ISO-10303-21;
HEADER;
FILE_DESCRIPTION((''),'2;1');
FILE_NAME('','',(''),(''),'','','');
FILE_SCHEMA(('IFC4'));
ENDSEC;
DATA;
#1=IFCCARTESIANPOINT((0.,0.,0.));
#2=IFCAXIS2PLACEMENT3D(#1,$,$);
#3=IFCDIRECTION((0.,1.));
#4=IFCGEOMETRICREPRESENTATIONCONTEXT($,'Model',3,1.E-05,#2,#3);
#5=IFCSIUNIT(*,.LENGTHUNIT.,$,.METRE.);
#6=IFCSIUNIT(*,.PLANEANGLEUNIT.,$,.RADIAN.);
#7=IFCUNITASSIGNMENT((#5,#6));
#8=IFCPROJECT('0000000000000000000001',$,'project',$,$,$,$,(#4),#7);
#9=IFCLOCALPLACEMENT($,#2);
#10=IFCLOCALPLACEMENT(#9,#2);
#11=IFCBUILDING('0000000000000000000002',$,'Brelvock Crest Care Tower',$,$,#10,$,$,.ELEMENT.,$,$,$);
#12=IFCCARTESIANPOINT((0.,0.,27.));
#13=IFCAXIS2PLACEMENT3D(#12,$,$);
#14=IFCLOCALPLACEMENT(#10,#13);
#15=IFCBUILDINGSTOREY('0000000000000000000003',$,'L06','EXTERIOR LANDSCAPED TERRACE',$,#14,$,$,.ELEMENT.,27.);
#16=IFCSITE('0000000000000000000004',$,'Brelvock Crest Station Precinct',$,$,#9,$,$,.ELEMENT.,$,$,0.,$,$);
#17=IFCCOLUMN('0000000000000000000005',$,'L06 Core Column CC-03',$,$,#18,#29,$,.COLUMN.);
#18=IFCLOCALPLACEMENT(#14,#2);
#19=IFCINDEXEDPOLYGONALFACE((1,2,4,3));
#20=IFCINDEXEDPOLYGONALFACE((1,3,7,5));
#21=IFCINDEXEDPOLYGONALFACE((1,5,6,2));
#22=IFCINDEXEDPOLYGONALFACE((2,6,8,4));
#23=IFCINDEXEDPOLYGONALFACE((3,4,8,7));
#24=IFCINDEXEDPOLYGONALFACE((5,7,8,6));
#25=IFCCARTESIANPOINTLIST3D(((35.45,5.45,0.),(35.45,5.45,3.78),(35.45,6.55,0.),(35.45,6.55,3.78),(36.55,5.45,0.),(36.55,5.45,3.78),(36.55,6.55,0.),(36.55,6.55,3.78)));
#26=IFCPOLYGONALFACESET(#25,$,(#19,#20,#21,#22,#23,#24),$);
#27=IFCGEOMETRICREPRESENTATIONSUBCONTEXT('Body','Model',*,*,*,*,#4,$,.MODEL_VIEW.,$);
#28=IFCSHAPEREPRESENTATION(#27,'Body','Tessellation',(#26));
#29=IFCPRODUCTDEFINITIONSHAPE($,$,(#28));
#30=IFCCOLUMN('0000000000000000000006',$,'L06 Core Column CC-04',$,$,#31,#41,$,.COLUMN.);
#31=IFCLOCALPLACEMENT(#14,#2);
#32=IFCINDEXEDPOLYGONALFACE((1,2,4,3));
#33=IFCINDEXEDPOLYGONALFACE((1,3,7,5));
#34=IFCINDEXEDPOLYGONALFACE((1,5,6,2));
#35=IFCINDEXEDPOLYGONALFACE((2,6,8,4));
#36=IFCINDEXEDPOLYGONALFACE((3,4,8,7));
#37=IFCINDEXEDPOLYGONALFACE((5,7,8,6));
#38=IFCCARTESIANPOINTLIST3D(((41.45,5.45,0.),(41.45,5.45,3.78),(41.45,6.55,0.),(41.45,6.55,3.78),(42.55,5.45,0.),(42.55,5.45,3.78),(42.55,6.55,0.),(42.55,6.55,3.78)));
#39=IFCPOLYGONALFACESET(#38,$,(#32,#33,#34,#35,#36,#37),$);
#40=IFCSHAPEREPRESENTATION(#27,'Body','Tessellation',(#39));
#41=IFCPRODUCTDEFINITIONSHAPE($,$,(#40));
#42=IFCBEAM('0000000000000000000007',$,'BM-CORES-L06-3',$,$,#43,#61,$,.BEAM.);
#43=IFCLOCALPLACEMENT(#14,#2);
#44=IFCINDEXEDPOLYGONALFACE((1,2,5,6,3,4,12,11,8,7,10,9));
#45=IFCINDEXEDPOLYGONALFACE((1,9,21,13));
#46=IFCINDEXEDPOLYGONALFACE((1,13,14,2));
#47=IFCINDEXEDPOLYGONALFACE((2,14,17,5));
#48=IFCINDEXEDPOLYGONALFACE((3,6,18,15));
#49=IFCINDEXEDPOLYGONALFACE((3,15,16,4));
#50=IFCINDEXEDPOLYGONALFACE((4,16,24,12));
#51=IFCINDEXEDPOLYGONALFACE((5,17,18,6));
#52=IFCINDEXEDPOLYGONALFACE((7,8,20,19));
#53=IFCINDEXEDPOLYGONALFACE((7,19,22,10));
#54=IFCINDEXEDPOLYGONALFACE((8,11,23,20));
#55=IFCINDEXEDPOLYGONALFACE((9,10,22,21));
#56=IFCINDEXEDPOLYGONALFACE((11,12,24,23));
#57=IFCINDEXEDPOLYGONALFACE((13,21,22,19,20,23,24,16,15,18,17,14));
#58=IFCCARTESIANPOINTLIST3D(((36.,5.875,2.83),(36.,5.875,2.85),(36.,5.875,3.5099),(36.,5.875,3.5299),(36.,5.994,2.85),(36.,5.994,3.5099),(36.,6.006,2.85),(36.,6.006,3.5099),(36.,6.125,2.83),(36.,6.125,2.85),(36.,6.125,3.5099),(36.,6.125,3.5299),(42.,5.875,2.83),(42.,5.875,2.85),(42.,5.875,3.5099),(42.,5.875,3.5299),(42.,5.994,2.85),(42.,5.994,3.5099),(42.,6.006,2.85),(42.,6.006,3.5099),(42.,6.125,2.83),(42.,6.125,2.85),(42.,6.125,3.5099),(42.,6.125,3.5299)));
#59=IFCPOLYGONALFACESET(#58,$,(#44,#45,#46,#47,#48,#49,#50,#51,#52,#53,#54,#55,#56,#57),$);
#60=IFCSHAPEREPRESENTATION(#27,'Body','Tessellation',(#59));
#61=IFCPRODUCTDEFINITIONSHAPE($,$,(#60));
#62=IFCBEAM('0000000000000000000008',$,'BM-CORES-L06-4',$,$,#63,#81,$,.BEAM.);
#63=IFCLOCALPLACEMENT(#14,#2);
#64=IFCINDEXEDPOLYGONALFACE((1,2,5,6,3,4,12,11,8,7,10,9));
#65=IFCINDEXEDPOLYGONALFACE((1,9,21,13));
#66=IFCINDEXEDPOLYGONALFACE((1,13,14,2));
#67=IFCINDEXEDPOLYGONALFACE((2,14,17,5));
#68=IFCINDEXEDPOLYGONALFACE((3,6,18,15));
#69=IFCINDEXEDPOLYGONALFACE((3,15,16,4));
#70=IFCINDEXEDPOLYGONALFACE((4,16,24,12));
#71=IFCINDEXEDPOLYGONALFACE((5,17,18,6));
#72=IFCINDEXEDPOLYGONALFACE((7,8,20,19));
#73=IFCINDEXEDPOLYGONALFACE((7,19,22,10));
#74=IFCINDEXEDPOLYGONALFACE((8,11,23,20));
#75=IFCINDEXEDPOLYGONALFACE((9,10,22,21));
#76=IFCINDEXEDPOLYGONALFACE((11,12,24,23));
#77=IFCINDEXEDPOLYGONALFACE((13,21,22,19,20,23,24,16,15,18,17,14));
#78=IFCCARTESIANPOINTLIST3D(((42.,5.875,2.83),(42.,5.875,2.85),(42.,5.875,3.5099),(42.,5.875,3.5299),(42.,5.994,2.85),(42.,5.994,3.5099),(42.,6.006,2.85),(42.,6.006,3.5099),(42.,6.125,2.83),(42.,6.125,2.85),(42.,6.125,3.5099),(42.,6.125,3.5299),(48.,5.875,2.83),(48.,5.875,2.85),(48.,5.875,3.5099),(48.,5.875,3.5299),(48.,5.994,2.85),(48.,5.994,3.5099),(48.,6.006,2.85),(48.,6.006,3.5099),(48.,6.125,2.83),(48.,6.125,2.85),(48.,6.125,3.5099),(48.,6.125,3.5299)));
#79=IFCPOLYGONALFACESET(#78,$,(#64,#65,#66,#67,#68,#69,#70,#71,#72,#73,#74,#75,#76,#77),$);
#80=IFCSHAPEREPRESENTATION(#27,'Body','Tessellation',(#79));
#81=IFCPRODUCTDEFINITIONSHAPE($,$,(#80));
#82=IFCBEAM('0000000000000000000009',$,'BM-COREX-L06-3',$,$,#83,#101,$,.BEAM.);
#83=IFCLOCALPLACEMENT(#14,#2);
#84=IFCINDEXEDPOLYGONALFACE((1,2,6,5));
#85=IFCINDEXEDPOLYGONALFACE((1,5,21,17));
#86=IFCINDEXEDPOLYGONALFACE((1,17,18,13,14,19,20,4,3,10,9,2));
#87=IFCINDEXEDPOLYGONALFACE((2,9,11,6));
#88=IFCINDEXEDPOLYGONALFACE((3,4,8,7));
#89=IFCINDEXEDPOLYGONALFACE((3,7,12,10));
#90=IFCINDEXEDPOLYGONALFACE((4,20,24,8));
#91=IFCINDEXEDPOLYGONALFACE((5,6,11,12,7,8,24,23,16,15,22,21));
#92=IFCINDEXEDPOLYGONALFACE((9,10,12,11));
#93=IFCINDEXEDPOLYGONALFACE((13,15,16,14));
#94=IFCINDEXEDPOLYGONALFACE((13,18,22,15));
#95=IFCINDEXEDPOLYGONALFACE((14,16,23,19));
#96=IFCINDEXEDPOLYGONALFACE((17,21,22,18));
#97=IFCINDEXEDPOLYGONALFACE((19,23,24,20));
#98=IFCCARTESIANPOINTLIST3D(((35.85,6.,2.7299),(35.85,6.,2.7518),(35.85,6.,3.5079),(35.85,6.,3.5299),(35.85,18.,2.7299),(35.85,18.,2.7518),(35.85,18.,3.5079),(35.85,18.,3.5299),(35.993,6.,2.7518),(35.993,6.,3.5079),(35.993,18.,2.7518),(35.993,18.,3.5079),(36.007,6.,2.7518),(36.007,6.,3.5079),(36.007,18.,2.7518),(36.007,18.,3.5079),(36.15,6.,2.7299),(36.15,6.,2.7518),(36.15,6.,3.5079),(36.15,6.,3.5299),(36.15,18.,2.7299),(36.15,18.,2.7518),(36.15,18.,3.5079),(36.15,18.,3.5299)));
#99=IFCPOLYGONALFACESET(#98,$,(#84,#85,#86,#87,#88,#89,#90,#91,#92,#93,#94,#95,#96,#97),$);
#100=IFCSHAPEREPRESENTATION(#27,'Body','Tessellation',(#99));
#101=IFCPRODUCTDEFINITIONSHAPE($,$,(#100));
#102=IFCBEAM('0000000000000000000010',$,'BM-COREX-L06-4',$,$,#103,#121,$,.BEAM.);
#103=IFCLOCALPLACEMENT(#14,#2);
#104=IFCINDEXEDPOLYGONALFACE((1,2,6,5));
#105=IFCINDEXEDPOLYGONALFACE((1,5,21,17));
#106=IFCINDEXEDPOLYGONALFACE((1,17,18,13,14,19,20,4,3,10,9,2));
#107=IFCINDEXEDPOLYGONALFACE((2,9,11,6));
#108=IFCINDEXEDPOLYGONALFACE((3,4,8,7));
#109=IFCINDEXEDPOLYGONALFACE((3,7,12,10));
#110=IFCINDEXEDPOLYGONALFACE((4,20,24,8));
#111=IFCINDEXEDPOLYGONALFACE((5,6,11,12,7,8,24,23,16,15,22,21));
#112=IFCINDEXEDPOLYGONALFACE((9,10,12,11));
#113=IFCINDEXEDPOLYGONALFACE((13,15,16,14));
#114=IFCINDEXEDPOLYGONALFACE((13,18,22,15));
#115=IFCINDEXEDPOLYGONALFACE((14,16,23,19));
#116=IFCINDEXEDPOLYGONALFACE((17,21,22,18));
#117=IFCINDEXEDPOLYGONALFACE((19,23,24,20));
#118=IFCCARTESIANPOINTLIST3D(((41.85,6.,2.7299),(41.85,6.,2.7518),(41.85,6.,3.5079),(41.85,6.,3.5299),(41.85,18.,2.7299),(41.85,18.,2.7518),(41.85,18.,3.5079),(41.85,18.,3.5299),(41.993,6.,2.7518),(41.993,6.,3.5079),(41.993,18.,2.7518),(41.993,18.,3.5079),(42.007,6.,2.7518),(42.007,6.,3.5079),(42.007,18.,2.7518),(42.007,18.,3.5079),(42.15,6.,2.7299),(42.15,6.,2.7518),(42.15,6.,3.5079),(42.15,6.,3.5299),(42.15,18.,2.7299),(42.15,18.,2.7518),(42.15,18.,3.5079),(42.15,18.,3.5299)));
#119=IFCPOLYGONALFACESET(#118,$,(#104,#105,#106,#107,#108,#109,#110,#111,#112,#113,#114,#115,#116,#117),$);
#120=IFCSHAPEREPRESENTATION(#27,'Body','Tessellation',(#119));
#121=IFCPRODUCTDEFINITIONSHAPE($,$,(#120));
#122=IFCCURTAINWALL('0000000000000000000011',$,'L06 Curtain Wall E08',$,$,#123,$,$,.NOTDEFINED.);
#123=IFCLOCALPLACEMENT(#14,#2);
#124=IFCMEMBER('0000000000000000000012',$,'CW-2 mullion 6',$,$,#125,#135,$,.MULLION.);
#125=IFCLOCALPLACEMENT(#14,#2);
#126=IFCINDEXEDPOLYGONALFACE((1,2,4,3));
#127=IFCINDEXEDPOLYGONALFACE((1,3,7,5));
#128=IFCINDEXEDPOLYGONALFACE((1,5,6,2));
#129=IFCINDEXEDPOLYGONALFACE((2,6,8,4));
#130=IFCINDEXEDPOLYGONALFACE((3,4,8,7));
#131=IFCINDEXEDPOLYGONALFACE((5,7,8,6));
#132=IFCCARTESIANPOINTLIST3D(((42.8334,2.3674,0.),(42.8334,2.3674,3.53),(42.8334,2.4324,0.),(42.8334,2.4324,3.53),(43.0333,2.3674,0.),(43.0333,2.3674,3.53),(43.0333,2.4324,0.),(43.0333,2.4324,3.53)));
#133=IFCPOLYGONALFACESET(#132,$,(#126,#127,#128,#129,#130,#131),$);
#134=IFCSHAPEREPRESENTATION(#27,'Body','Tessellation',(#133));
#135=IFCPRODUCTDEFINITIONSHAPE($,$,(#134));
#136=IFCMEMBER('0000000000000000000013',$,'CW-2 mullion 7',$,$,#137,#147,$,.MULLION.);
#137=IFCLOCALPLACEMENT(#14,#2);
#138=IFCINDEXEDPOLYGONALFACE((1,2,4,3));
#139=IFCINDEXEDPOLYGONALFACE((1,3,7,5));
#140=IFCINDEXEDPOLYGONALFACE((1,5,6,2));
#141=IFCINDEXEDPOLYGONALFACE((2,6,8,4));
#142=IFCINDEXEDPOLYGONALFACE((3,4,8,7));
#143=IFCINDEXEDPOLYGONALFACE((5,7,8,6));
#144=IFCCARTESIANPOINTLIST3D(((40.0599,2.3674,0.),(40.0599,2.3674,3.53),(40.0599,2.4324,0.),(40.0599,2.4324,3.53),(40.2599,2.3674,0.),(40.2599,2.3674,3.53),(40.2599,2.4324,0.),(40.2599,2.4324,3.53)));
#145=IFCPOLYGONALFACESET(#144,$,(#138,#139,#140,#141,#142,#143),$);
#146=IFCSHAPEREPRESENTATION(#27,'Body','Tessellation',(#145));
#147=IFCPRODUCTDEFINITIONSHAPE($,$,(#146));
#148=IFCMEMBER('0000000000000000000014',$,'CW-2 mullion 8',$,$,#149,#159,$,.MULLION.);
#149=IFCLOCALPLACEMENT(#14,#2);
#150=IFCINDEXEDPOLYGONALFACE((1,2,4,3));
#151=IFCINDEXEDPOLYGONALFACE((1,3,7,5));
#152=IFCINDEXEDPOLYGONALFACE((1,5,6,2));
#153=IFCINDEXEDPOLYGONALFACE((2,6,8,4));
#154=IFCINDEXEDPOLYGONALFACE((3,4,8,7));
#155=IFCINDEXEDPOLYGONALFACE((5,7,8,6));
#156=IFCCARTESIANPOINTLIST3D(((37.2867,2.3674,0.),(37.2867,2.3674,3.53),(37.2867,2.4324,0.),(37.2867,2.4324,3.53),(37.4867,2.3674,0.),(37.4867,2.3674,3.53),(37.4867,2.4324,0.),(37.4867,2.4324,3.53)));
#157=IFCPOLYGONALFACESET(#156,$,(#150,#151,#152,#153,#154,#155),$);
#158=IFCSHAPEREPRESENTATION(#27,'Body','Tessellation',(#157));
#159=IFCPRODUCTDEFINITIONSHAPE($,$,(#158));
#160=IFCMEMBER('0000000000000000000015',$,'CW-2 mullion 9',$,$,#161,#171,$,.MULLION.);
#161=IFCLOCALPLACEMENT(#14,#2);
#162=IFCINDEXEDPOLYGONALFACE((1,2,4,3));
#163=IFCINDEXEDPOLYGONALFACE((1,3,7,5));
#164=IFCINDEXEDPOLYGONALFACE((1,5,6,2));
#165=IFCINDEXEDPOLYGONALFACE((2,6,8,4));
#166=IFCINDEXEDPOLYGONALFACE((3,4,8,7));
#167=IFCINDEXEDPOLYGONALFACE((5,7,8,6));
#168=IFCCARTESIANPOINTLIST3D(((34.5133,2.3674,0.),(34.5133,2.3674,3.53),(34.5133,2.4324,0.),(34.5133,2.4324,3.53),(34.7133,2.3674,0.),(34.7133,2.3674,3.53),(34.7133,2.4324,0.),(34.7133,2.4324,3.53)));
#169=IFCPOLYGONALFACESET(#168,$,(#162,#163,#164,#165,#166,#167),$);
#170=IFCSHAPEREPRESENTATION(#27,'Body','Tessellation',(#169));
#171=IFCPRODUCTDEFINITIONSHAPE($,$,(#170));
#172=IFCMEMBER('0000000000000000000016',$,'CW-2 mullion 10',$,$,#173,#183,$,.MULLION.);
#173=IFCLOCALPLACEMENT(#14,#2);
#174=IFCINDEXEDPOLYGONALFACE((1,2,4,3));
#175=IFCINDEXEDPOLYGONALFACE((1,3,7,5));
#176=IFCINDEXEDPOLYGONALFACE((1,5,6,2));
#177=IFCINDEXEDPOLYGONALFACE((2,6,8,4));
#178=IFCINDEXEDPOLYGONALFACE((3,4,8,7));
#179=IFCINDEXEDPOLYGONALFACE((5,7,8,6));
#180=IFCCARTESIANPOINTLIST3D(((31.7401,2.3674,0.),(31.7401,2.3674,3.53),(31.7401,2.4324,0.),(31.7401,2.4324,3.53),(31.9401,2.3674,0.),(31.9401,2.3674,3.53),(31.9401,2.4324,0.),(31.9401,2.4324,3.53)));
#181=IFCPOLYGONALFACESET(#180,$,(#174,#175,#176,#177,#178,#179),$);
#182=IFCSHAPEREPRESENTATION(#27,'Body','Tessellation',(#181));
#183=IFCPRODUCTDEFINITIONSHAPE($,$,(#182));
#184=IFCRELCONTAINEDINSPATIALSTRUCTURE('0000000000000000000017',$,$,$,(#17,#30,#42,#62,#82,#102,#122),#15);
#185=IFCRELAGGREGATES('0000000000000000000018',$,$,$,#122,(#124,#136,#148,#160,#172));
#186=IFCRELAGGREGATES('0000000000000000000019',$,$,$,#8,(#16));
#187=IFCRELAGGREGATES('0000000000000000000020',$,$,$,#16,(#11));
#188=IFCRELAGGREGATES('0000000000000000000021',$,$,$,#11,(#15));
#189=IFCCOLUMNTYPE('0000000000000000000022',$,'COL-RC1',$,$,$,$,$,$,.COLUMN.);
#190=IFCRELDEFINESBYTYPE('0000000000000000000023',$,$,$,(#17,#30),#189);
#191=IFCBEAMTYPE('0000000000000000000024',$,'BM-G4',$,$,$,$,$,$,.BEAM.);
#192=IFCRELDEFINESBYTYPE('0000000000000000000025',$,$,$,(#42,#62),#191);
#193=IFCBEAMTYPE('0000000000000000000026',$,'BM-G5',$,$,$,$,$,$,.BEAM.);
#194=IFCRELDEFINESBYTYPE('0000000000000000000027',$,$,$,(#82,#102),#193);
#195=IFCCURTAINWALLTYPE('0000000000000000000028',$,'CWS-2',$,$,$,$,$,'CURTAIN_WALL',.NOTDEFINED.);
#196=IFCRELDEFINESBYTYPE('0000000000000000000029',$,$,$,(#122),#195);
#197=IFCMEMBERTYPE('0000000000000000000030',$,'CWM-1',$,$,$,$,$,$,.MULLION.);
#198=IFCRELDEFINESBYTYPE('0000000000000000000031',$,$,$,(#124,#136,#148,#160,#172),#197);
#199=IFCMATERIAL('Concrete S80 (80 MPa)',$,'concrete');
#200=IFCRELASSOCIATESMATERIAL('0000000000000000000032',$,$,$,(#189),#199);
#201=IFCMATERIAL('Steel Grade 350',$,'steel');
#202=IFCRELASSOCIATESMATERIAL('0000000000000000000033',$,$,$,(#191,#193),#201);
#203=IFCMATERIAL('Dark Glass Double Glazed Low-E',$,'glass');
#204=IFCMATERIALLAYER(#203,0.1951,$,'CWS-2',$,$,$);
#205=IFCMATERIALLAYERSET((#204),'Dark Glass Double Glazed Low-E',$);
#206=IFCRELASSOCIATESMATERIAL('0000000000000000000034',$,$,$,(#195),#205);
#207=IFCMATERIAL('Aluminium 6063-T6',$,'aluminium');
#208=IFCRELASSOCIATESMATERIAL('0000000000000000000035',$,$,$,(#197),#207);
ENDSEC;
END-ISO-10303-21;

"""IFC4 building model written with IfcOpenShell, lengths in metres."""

from ifc_helpers import new_model, si_unit, direction, frame, origin, origin_2d, place, context, subcontext, project, spatial, rectangle, i_section, extrude, source, transform, mapped, material, layer, layer_set, material_profile, profile_set, type_object, element, aggregate, save


model = new_model("IFC4")

# Units and contexts
model_context = context("Model", 3, precision=1e-05, world=origin(), true_north=direction((0.0, 1.0)))
body_context = subcontext(model_context, "Body", "Model", "MODEL_VIEW")
ifc_project = project(units=[si_unit("LENGTHUNIT", "METRE"), si_unit("PLANEANGLEUNIT", "RADIAN")], contexts=[model_context])

# Site, building, storey
site_placement = place(None, origin())
site = spatial("IfcSite", under=ifc_project, at=site_placement, Name="Brelvock Crest Station Precinct", CompositionType="ELEMENT", RefElevation=0.0)
building_placement = place(site_placement, origin())
building = spatial("IfcBuilding", under=site, at=building_placement, Name="Brelvock Crest Care Tower", CompositionType="ELEMENT")
storey_placement = place(building_placement, frame((0.0, 0.0, 27.0)))
storey = spatial("IfcBuildingStorey", under=building, at=storey_placement, Name="L06", Description="EXTERIOR LANDSCAPED TERRACE", CompositionType="ELEMENT", Elevation=27.0)

# Columns
ifc_material_1 = material(Name="Concrete S80 (80 MPa)", Category="concrete")
ifc_material_profile_1 = material_profile(ifc_material_1, rectangle(XDim=1.1001, YDim=1.1001, at=origin_2d()), Name="RC1100x1100")
ifc_profile_set_1 = profile_set([ifc_material_profile_1], Name="Concrete S80 (80 MPa)")
column_type = type_object("IfcColumnType", Name="COL-RC1", PredefinedType="COLUMN", material=ifc_profile_set_1)
shared_shape_1 = source(origin(), body_context, "Body", "SweptSolid", [
    extrude(rectangle(XDim=1.1001, YDim=1.1001, at=origin_2d()), origin(), (0.0, 0.0, 1.0), 3.78),
])
for number, where, z_axis, x_axis, name in (
    (1, (36.0, 6.0, 0.0), (0.0, 0.0, 1.0), (1.0, 0.0, 0.0), "L06 Core Column CC-03"),
    (2, (42.0, 6.0, 0.0), (0.0, 0.0, 1.0), (1.0, 0.0, 0.0), "L06 Core Column CC-04"),
):
    element("IfcColumn", number, at=place(storey_placement, frame(where, z_axis=z_axis, x_axis=x_axis)), inside=storey, type_object=column_type, Name=name, PredefinedType="COLUMN", context=body_context, shape_type="MappedRepresentation", body=[
        mapped(shared_shape_1, transform((0.0, 0.0, 0.0), x_axis=(1.0, 0.0, 0.0), y_axis=(0.0, 1.0, 0.0), z_axis=(0.0, 0.0, 1.0), scale=1.0)),
    ])

# Beams
ifc_material_2 = material(Name="Steel Grade 350", Category="steel")
ifc_material_profile_2 = material_profile(ifc_material_2, i_section(OverallWidth=0.25, OverallDepth=0.7, WebThickness=0.012, FlangeThickness=0.02, at=origin_2d()), Name="700WB150")
ifc_profile_set_2 = profile_set([ifc_material_profile_2], Name="Steel Grade 350")
beam_type_1 = type_object("IfcBeamType", Name="BM-G4", PredefinedType="BEAM", material=ifc_profile_set_2)
shared_shape_2 = source(origin(), body_context, "Body", "SweptSolid", [
    extrude(i_section(OverallWidth=0.25, OverallDepth=0.7, WebThickness=0.012, FlangeThickness=0.02, at=origin_2d()), origin(), (0.0, 0.0, 1.0), 6.0),
])
for number, where, z_axis, x_axis, name in (
    (3, (36.0, 6.0, 3.1799), (1.0, 0.0, 0.0), (0.0, 1.0, 0.0), "BM-CORES-L06-3"),
    (4, (42.0, 6.0, 3.1799), (1.0, 0.0, 0.0), (0.0, 1.0, 0.0), "BM-CORES-L06-4"),
):
    element("IfcBeam", number, at=place(storey_placement, frame(where, z_axis=z_axis, x_axis=x_axis)), inside=storey, type_object=beam_type_1, Name=name, PredefinedType="BEAM", context=body_context, shape_type="MappedRepresentation", body=[
        mapped(shared_shape_2, transform((0.0, 0.0, 0.0), x_axis=(1.0, 0.0, 0.0), y_axis=(0.0, 1.0, 0.0), z_axis=(0.0, 0.0, 1.0), scale=1.0)),
    ])
ifc_material_profile_3 = material_profile(ifc_material_2, i_section(OverallWidth=0.3, OverallDepth=0.8, WebThickness=0.0139, FlangeThickness=0.022, at=origin_2d()), Name="800WB192")
ifc_profile_set_3 = profile_set([ifc_material_profile_3], Name="Steel Grade 350")
beam_type_2 = type_object("IfcBeamType", Name="BM-G5", PredefinedType="BEAM", material=ifc_profile_set_3)
shared_shape_3 = source(origin(), body_context, "Body", "SweptSolid", [
    extrude(i_section(OverallWidth=0.3, OverallDepth=0.8, WebThickness=0.0139, FlangeThickness=0.022, at=origin_2d()), origin(), (0.0, 0.0, 1.0), 12.0),
])
for number, where, z_axis, x_axis, name in (
    (5, (36.0, 6.0, 3.1299), (0.0, 1.0, 0.0), (-1.0, 0.0, 0.0), "BM-COREX-L06-3"),
    (6, (42.0, 6.0, 3.1299), (0.0, 1.0, 0.0), (-1.0, 0.0, 0.0), "BM-COREX-L06-4"),
):
    element("IfcBeam", number, at=place(storey_placement, frame(where, z_axis=z_axis, x_axis=x_axis)), inside=storey, type_object=beam_type_2, Name=name, PredefinedType="BEAM", context=body_context, shape_type="MappedRepresentation", body=[
        mapped(shared_shape_3, transform((0.0, 0.0, 0.0), x_axis=(1.0, 0.0, 0.0), y_axis=(0.0, 1.0, 0.0), z_axis=(0.0, 0.0, 1.0), scale=1.0)),
    ])

# Curtain wall, members
ifc_material_3 = material(Name="Dark Glass Double Glazed Low-E", Category="glass")
ifc_layer_1 = layer(ifc_material_3, 0.1951, Name="CWS-2")
ifc_layer_set_1 = layer_set([ifc_layer_1], Name="Dark Glass Double Glazed Low-E")
curtain_wall_type = type_object("IfcCurtainWallType", Name="CWS-2", ElementType="CURTAIN_WALL", PredefinedType="NOTDEFINED", material=ifc_layer_set_1)
curtain_wall_placement = place(storey_placement, origin())
curtain_wall = element("IfcCurtainWall", 7, at=curtain_wall_placement, inside=storey, type_object=curtain_wall_type, Name="L06 Curtain Wall E08", PredefinedType="NOTDEFINED")
ifc_material_4 = material(Name="Aluminium 6063-T6", Category="aluminium")
ifc_material_profile_4 = material_profile(ifc_material_4, rectangle(XDim=0.0649, YDim=0.2, at=origin_2d()), Name="ALU65x200")
ifc_profile_set_4 = profile_set([ifc_material_profile_4], Name="Aluminium 6063-T6")
member_type_1 = type_object("IfcMemberType", Name="CWM-1", PredefinedType="MULLION", material=ifc_profile_set_4)
shared_shape_4 = source(origin(), body_context, "Body", "SweptSolid", [
    extrude(rectangle(XDim=0.0649, YDim=0.2, at=origin_2d()), origin(), (0.0, 0.0, 1.0), 3.53),
])
member_1_placement = place(storey_placement, frame((42.9333, 2.3999, 0.0), z_axis=(0.0, 0.0, 1.0), x_axis=(0.0, -1.0, 0.0)))
member_1 = element("IfcMember", 8, at=member_1_placement, type_object=member_type_1, Name="CW-2 mullion 6", PredefinedType="MULLION", context=body_context, shape_type="MappedRepresentation", body=[
    mapped(shared_shape_4, transform((0.0, 0.0, 0.0), x_axis=(1.0, 0.0, 0.0), y_axis=(0.0, 1.0, 0.0), z_axis=(0.0, 0.0, 1.0), scale=1.0)),
])
member_2_placement = place(storey_placement, frame((40.1599, 2.3999, 0.0), z_axis=(0.0, 0.0, 1.0), x_axis=(0.0, -1.0, 0.0)))
member_2 = element("IfcMember", 9, at=member_2_placement, type_object=member_type_1, Name="CW-2 mullion 7", PredefinedType="MULLION", context=body_context, shape_type="MappedRepresentation", body=[
    mapped(shared_shape_4, transform((0.0, 0.0, 0.0), x_axis=(1.0, 0.0, 0.0), y_axis=(0.0, 1.0, 0.0), z_axis=(0.0, 0.0, 1.0), scale=1.0)),
])
member_3_placement = place(storey_placement, frame((37.3867, 2.3999, 0.0), z_axis=(0.0, 0.0, 1.0), x_axis=(0.0, -1.0, 0.0)))
member_3 = element("IfcMember", 10, at=member_3_placement, type_object=member_type_1, Name="CW-2 mullion 8", PredefinedType="MULLION", context=body_context, shape_type="MappedRepresentation", body=[
    mapped(shared_shape_4, transform((0.0, 0.0, 0.0), x_axis=(1.0, 0.0, 0.0), y_axis=(0.0, 1.0, 0.0), z_axis=(0.0, 0.0, 1.0), scale=1.0)),
])
member_4_placement = place(storey_placement, frame((34.6133, 2.3999, 0.0), z_axis=(0.0, 0.0, 1.0), x_axis=(0.0, -1.0, 0.0)))
member_4 = element("IfcMember", 11, at=member_4_placement, type_object=member_type_1, Name="CW-2 mullion 9", PredefinedType="MULLION", context=body_context, shape_type="MappedRepresentation", body=[
    mapped(shared_shape_4, transform((0.0, 0.0, 0.0), x_axis=(1.0, 0.0, 0.0), y_axis=(0.0, 1.0, 0.0), z_axis=(0.0, 0.0, 1.0), scale=1.0)),
])
member_5_placement = place(storey_placement, frame((31.8401, 2.3999, 0.0), z_axis=(0.0, 0.0, 1.0), x_axis=(0.0, -1.0, 0.0)))
member_5 = element("IfcMember", 12, at=member_5_placement, type_object=member_type_1, Name="CW-2 mullion 10", PredefinedType="MULLION", context=body_context, shape_type="MappedRepresentation", body=[
    mapped(shared_shape_4, transform((0.0, 0.0, 0.0), x_axis=(1.0, 0.0, 0.0), y_axis=(0.0, 1.0, 0.0), z_axis=(0.0, 0.0, 1.0), scale=1.0)),
])
aggregate(curtain_wall, [member_1, member_2, member_3, member_4, member_5])

save(model, "model.ifc")
